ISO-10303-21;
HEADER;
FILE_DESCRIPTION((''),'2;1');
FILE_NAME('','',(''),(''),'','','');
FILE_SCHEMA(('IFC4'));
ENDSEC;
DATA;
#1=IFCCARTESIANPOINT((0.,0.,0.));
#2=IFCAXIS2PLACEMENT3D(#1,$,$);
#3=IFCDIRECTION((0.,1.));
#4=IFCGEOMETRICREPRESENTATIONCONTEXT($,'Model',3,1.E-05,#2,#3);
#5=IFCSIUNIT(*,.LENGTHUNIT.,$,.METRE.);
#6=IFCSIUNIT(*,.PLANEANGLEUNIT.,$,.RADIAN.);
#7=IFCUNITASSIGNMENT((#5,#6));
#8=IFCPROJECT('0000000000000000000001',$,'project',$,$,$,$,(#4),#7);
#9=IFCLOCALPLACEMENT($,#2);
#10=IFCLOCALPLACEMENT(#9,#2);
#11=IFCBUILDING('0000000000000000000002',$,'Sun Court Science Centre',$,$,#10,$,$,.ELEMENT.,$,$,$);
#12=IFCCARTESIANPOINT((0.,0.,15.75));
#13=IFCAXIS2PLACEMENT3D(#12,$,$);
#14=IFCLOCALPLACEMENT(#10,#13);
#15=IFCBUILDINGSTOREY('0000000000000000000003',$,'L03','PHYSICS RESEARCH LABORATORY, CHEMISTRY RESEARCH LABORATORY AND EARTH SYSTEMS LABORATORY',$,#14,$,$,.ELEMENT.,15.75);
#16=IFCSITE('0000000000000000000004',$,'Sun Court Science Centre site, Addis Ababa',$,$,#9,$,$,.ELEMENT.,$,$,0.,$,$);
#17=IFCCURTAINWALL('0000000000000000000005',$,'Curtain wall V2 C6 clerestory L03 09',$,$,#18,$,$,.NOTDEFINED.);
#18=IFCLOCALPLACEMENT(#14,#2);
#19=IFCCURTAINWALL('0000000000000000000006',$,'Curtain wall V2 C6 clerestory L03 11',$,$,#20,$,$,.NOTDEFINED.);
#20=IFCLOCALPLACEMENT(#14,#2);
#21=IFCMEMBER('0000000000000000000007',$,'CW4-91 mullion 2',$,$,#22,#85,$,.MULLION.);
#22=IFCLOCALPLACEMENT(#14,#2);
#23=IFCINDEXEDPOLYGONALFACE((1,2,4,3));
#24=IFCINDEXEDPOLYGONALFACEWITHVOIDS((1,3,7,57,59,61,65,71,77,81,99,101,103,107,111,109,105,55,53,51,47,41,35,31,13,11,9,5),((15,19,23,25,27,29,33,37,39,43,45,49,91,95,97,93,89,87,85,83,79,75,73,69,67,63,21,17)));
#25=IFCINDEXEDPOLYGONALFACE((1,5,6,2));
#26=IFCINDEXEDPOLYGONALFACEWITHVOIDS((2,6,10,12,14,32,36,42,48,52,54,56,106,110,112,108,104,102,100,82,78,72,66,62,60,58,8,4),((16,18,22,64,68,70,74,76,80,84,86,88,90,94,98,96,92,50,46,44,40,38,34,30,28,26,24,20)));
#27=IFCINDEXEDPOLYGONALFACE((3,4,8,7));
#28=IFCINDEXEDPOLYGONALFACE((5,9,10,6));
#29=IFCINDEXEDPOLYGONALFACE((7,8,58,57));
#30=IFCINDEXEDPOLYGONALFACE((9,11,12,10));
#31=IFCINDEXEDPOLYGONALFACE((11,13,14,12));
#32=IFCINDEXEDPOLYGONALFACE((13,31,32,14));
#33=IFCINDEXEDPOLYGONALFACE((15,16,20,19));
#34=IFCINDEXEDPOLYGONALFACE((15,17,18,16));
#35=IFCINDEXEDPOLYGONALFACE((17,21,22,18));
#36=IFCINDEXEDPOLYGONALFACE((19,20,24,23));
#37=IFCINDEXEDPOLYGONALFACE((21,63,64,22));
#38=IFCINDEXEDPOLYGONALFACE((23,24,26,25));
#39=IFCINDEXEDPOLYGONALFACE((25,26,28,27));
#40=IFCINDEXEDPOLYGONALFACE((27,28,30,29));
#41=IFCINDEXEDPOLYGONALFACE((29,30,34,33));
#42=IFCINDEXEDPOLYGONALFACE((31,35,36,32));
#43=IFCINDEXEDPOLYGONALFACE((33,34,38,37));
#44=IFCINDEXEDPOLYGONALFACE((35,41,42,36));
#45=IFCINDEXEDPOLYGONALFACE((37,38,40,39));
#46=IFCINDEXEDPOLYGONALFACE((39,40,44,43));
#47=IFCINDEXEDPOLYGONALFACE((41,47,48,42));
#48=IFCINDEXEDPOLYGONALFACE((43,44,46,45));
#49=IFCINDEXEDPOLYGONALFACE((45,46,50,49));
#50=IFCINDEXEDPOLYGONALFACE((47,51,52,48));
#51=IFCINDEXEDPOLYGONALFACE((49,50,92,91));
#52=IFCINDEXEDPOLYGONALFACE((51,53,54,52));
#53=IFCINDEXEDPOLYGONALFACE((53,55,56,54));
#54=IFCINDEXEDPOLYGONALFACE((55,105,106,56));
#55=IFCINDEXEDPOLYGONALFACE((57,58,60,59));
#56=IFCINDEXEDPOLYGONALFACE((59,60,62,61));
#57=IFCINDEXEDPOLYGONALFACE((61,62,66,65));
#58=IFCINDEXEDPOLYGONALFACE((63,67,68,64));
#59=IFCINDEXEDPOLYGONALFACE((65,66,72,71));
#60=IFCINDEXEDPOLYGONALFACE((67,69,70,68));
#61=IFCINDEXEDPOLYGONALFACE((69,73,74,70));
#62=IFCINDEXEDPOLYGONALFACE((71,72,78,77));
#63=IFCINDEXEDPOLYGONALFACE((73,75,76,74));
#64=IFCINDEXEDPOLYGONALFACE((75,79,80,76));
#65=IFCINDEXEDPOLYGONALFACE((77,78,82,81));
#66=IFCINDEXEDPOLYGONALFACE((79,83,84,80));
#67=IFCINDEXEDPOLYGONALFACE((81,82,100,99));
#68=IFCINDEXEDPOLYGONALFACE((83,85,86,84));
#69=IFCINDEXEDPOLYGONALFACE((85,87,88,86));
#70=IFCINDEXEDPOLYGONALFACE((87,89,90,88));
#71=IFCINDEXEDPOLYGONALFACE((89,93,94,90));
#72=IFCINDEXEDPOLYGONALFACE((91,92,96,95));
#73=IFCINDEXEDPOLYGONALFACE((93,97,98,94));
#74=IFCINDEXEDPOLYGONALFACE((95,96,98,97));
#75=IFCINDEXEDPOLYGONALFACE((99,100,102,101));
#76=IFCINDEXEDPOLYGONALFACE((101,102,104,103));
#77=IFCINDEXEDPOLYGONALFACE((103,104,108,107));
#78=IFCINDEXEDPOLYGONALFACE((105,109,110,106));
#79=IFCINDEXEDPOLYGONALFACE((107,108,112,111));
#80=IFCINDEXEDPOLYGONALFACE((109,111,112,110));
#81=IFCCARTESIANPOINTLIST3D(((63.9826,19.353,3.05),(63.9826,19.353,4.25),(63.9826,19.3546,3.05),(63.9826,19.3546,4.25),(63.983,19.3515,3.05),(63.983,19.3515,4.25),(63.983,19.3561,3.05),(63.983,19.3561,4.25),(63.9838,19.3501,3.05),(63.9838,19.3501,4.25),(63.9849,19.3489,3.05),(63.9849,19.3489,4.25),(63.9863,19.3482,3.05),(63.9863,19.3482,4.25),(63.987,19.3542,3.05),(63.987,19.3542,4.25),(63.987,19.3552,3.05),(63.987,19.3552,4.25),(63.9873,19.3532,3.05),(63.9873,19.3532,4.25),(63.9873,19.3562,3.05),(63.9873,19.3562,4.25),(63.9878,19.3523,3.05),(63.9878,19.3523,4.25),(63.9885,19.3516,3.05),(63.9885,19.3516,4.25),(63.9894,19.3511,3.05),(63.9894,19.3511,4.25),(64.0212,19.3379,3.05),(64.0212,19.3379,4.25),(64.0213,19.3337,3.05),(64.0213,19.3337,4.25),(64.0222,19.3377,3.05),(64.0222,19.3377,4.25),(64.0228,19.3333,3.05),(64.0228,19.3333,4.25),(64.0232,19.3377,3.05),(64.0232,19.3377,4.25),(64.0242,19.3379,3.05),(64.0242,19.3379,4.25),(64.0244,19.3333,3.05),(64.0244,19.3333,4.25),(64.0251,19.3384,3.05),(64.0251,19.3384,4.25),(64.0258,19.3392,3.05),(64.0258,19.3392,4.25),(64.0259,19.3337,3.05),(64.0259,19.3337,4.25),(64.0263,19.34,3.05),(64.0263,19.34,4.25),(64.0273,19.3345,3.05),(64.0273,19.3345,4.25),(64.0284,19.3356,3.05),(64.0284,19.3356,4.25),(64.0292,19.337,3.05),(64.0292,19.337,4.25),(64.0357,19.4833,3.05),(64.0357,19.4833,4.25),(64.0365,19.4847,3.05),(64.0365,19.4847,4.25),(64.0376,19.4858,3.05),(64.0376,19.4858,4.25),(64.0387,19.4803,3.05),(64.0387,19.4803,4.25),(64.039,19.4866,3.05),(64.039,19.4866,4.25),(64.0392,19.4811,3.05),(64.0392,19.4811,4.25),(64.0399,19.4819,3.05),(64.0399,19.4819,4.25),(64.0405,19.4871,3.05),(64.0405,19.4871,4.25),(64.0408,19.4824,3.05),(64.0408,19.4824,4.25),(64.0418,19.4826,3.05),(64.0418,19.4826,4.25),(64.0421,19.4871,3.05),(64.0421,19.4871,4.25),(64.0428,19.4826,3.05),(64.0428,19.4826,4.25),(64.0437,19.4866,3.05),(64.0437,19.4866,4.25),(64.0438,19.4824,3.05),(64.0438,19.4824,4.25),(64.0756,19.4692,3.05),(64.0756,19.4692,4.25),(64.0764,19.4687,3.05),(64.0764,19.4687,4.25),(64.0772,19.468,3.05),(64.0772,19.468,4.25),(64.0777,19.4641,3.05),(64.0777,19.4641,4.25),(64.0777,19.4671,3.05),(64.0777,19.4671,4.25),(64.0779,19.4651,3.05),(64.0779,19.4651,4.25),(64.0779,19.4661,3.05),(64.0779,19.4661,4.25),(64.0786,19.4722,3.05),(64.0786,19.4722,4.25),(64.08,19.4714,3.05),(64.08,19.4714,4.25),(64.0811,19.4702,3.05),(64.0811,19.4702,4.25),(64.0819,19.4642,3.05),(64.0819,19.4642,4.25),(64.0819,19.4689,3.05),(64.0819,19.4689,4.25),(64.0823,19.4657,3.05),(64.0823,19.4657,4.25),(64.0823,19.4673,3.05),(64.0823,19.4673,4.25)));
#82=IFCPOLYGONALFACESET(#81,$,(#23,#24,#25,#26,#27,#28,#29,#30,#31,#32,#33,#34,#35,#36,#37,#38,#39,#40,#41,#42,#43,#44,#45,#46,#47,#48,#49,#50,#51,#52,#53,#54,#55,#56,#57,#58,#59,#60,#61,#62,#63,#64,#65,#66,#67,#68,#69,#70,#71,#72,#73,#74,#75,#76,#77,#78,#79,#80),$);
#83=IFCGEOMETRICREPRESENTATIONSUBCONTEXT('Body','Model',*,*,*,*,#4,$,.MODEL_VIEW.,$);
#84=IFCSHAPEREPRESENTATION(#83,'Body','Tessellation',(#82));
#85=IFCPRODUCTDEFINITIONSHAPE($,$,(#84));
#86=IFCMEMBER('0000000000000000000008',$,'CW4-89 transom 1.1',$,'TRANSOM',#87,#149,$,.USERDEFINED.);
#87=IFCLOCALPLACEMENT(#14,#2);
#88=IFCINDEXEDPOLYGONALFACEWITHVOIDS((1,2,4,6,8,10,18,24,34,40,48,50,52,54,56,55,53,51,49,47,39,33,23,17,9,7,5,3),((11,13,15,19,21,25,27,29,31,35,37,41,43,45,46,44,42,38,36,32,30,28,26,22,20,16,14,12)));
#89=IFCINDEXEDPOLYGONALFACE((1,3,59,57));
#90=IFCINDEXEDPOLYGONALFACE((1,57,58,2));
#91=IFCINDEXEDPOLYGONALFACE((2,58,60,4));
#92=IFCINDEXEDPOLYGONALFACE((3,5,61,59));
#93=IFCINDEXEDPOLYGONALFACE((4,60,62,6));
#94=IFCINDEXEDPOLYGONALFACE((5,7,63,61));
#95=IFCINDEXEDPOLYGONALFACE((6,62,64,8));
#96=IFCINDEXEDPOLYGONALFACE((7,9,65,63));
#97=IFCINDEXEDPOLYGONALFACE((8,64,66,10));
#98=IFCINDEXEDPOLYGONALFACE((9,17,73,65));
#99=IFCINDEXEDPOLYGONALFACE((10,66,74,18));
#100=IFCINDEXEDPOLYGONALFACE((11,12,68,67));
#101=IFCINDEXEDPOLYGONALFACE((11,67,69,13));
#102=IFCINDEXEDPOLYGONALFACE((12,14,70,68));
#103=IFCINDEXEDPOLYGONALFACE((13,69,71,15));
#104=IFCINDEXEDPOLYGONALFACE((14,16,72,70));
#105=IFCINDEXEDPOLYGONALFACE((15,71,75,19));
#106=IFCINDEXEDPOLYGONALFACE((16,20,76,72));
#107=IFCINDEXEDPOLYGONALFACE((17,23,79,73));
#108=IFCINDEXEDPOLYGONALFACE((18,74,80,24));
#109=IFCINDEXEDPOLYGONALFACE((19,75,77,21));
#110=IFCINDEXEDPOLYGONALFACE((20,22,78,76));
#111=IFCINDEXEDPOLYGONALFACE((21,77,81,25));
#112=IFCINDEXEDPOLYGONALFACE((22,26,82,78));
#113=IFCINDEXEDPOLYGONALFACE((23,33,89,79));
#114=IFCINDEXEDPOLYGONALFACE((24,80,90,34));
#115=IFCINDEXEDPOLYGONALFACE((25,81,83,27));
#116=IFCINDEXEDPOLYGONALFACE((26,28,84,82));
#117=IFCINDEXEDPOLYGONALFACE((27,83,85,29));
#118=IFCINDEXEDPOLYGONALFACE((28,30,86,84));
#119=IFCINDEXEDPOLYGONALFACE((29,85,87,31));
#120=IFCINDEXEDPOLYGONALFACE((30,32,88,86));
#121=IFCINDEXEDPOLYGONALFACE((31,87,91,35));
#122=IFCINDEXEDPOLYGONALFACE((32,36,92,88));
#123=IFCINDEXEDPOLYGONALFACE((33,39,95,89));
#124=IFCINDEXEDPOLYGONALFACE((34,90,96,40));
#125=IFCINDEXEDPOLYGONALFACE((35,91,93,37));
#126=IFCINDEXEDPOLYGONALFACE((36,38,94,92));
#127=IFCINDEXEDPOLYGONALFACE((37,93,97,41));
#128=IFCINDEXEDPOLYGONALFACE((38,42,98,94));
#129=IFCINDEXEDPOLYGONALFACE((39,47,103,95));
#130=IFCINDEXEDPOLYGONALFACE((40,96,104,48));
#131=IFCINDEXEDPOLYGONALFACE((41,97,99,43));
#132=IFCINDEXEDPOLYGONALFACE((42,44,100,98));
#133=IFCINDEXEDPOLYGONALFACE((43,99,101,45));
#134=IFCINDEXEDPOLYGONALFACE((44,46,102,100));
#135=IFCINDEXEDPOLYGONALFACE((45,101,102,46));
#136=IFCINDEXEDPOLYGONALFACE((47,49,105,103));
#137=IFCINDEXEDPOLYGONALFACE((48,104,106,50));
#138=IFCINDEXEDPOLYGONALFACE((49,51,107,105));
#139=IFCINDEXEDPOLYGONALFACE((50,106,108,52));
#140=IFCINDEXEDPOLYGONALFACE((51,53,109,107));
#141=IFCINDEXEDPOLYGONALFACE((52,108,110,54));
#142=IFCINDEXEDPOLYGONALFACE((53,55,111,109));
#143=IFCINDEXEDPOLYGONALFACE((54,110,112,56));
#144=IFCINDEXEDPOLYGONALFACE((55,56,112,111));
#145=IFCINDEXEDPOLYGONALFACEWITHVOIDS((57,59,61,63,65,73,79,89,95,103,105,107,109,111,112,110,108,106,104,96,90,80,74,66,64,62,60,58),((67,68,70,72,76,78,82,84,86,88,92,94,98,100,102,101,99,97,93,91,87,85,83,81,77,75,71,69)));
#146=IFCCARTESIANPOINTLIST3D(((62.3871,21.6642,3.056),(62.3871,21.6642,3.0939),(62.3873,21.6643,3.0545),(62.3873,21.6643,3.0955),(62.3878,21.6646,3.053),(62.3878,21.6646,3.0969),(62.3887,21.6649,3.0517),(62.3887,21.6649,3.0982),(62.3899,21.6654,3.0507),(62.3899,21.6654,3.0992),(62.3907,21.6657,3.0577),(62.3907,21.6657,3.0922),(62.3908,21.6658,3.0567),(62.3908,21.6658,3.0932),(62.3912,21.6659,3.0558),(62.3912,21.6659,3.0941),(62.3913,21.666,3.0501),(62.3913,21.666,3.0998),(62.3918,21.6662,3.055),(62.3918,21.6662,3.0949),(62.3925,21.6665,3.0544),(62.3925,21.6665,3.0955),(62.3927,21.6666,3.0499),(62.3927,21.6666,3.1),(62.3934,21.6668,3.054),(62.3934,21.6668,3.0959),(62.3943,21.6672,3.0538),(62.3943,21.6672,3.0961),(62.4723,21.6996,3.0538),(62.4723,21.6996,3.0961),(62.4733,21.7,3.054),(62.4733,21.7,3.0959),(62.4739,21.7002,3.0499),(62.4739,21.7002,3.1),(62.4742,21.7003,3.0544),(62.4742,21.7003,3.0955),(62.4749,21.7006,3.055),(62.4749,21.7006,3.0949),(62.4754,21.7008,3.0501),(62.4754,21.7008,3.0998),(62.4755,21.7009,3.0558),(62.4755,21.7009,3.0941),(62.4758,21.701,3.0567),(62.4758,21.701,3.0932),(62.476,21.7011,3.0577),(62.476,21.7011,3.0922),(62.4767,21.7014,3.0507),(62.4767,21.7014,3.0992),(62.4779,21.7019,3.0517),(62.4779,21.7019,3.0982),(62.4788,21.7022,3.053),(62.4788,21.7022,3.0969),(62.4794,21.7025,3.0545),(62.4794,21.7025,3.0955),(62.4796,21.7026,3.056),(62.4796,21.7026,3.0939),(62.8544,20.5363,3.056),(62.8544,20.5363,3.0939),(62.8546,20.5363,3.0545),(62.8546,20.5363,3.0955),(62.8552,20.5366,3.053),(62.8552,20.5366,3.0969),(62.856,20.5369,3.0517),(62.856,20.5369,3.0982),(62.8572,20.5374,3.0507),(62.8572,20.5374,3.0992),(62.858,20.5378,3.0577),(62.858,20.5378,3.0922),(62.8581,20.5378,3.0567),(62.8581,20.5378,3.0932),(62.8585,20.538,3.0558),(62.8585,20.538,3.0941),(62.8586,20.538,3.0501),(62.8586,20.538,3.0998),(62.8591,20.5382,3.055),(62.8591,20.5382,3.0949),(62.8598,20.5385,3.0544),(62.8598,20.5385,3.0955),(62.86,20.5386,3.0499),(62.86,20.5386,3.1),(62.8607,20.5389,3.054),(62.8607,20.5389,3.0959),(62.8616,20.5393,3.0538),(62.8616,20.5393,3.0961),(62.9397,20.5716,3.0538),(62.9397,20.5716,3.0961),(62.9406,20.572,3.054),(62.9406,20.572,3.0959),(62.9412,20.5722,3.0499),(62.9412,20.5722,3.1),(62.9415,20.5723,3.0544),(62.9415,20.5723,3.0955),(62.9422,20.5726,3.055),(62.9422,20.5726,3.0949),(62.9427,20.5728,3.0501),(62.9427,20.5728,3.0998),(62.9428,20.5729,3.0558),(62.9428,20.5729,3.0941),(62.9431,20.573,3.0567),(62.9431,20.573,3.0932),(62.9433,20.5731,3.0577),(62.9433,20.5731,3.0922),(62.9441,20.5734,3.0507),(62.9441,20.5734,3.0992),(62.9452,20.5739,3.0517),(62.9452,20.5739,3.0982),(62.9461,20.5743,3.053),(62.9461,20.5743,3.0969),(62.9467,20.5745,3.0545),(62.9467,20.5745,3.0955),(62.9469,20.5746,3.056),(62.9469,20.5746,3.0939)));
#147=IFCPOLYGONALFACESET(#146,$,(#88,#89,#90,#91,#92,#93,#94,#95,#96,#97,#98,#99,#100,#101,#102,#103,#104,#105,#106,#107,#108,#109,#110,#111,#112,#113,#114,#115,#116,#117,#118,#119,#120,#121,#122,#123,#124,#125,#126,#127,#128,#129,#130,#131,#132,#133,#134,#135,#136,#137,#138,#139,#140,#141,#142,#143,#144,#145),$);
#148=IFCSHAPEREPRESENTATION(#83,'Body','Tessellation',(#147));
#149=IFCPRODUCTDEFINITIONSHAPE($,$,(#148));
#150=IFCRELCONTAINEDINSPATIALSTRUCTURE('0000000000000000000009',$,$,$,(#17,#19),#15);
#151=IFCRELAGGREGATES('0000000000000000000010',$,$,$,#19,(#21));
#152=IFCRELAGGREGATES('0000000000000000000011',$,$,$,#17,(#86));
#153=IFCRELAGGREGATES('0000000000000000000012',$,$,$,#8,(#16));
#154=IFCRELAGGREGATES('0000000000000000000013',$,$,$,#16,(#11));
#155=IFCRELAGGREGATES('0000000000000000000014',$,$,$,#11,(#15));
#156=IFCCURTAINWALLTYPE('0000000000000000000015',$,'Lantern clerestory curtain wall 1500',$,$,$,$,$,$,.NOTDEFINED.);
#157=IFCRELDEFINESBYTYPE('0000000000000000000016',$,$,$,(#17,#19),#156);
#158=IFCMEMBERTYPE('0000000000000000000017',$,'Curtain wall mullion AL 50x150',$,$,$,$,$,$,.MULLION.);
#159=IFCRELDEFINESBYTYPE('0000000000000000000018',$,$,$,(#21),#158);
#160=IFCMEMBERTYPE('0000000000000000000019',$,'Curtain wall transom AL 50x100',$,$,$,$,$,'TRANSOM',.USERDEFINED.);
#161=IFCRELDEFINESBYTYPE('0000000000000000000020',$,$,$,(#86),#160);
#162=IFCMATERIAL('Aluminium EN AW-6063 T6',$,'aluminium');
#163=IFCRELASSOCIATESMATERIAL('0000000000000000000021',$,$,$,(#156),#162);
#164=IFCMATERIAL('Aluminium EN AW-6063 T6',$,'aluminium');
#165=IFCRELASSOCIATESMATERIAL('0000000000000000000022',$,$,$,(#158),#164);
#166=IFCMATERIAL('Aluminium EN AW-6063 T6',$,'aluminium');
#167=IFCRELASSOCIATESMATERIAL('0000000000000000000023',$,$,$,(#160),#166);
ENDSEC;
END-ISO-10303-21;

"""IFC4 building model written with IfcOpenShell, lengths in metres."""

from ifc_helpers import new_model, si_unit, direction, frame, origin, origin_2d, place, context, subcontext, project, spatial, hollow_rectangle, extrude, material, material_profile, profile_set, type_object, element, aggregate, save


model = new_model("IFC4")

# Units and contexts
model_context = context("Model", 3, precision=1e-05, world=origin(), true_north=direction((0.0, 1.0)))
body_context = subcontext(model_context, "Body", "Model", "MODEL_VIEW")
ifc_project = project(units=[si_unit("LENGTHUNIT", "METRE"), si_unit("PLANEANGLEUNIT", "RADIAN")], contexts=[model_context])

# Site, building, storey
site_placement = place(None, origin())
site = spatial("IfcSite", under=ifc_project, at=site_placement, Name="Sun Court Science Centre site, Addis Ababa", CompositionType="ELEMENT", RefElevation=0.0)
building_placement = place(site_placement, origin())
building = spatial("IfcBuilding", under=site, at=building_placement, Name="Sun Court Science Centre", CompositionType="ELEMENT")
storey_placement = place(building_placement, frame((0.0, 0.0, 15.75)))
storey = spatial("IfcBuildingStorey", under=building, at=storey_placement, Name="L03", Description="PHYSICS RESEARCH LABORATORY, CHEMISTRY RESEARCH LABORATORY AND EARTH SYSTEMS LABORATORY", CompositionType="ELEMENT", Elevation=15.75)

# Curtain wall
ifc_material_1 = material(Name="Aluminium EN AW-6063 T6", Category="aluminium")
curtain_wall_type = type_object("IfcCurtainWallType", Name="Lantern clerestory curtain wall 1500", PredefinedType="NOTDEFINED", material=ifc_material_1)
curtain_wall_1_placement = place(storey_placement, origin())
curtain_wall_1 = element("IfcCurtainWall", 1, at=curtain_wall_1_placement, inside=storey, type_object=curtain_wall_type, Name="Curtain wall V2 C6 clerestory L03 09", PredefinedType="NOTDEFINED")
ifc_material_2 = material(Name="Aluminium EN AW-6063 T6", Category="aluminium")
ifc_material_profile_1 = material_profile(ifc_material_2, hollow_rectangle(XDim=0.05, YDim=0.1499, WallThickness=0.0039, InnerFilletRadius=0.0039, OuterFilletRadius=0.0061, at=origin_2d()), Name="AL 50x150x4")
ifc_profile_set_1 = profile_set([ifc_material_profile_1], Name="Aluminium EN AW-6063 T6")
member_type_1 = type_object("IfcMemberType", Name="Curtain wall mullion AL 50x150", PredefinedType="MULLION", material=ifc_profile_set_1)

# Curtain wall, member
curtain_wall_2_placement = place(storey_placement, origin())
curtain_wall_2 = element("IfcCurtainWall", 2, at=curtain_wall_2_placement, inside=storey, type_object=curtain_wall_type, Name="Curtain wall V2 C6 clerestory L03 11", PredefinedType="NOTDEFINED")
member_1_placement = place(storey_placement, frame((64.0325, 19.4102, 3.05), z_axis=(0.0, 0.0, 1.0), x_axis=(-0.92388, 0.382683, 0.0)))
member_1 = element("IfcMember", 3, at=member_1_placement, type_object=member_type_1, Name="CW4-91 mullion 2", PredefinedType="MULLION", context=body_context, shape_type="SweptSolid", body=[
    extrude(hollow_rectangle(XDim=0.05, YDim=0.1499, WallThickness=0.0039, InnerFilletRadius=0.0039, OuterFilletRadius=0.0061, at=origin_2d()), origin(), (0.0, 0.0, 1.0), 1.2),
])
aggregate(curtain_wall_2, [member_1])

# Member
ifc_material_3 = material(Name="Aluminium EN AW-6063 T6", Category="aluminium")
ifc_material_profile_2 = material_profile(ifc_material_3, hollow_rectangle(XDim=0.05, YDim=0.1001, WallThickness=0.0039, InnerFilletRadius=0.0039, OuterFilletRadius=0.0061, at=origin_2d()), Name="AL 50x100x4")
ifc_profile_set_2 = profile_set([ifc_material_profile_2], Name="Aluminium EN AW-6063 T6")
member_type_2 = type_object("IfcMemberType", Name="Curtain wall transom AL 50x100", ElementType="TRANSOM", PredefinedType="USERDEFINED", material=ifc_profile_set_2)
member_2_placement = place(storey_placement, frame((62.9006, 20.5554, 3.075), z_axis=(-0.38274, 0.923856, 0.0), x_axis=(0.0, 0.0, 1.0)))
member_2 = element("IfcMember", 4, at=member_2_placement, type_object=member_type_2, Name="CW4-89 transom 1.1", ObjectType="TRANSOM", PredefinedType="USERDEFINED", context=body_context, shape_type="SweptSolid", body=[
    extrude(hollow_rectangle(XDim=0.05, YDim=0.1001, WallThickness=0.0039, InnerFilletRadius=0.0039, OuterFilletRadius=0.0061, at=origin_2d()), origin(), (0.0, 0.0, 1.0), 1.2209),
])

aggregate(curtain_wall_1, [member_2])

save(model, "model.ifc")
